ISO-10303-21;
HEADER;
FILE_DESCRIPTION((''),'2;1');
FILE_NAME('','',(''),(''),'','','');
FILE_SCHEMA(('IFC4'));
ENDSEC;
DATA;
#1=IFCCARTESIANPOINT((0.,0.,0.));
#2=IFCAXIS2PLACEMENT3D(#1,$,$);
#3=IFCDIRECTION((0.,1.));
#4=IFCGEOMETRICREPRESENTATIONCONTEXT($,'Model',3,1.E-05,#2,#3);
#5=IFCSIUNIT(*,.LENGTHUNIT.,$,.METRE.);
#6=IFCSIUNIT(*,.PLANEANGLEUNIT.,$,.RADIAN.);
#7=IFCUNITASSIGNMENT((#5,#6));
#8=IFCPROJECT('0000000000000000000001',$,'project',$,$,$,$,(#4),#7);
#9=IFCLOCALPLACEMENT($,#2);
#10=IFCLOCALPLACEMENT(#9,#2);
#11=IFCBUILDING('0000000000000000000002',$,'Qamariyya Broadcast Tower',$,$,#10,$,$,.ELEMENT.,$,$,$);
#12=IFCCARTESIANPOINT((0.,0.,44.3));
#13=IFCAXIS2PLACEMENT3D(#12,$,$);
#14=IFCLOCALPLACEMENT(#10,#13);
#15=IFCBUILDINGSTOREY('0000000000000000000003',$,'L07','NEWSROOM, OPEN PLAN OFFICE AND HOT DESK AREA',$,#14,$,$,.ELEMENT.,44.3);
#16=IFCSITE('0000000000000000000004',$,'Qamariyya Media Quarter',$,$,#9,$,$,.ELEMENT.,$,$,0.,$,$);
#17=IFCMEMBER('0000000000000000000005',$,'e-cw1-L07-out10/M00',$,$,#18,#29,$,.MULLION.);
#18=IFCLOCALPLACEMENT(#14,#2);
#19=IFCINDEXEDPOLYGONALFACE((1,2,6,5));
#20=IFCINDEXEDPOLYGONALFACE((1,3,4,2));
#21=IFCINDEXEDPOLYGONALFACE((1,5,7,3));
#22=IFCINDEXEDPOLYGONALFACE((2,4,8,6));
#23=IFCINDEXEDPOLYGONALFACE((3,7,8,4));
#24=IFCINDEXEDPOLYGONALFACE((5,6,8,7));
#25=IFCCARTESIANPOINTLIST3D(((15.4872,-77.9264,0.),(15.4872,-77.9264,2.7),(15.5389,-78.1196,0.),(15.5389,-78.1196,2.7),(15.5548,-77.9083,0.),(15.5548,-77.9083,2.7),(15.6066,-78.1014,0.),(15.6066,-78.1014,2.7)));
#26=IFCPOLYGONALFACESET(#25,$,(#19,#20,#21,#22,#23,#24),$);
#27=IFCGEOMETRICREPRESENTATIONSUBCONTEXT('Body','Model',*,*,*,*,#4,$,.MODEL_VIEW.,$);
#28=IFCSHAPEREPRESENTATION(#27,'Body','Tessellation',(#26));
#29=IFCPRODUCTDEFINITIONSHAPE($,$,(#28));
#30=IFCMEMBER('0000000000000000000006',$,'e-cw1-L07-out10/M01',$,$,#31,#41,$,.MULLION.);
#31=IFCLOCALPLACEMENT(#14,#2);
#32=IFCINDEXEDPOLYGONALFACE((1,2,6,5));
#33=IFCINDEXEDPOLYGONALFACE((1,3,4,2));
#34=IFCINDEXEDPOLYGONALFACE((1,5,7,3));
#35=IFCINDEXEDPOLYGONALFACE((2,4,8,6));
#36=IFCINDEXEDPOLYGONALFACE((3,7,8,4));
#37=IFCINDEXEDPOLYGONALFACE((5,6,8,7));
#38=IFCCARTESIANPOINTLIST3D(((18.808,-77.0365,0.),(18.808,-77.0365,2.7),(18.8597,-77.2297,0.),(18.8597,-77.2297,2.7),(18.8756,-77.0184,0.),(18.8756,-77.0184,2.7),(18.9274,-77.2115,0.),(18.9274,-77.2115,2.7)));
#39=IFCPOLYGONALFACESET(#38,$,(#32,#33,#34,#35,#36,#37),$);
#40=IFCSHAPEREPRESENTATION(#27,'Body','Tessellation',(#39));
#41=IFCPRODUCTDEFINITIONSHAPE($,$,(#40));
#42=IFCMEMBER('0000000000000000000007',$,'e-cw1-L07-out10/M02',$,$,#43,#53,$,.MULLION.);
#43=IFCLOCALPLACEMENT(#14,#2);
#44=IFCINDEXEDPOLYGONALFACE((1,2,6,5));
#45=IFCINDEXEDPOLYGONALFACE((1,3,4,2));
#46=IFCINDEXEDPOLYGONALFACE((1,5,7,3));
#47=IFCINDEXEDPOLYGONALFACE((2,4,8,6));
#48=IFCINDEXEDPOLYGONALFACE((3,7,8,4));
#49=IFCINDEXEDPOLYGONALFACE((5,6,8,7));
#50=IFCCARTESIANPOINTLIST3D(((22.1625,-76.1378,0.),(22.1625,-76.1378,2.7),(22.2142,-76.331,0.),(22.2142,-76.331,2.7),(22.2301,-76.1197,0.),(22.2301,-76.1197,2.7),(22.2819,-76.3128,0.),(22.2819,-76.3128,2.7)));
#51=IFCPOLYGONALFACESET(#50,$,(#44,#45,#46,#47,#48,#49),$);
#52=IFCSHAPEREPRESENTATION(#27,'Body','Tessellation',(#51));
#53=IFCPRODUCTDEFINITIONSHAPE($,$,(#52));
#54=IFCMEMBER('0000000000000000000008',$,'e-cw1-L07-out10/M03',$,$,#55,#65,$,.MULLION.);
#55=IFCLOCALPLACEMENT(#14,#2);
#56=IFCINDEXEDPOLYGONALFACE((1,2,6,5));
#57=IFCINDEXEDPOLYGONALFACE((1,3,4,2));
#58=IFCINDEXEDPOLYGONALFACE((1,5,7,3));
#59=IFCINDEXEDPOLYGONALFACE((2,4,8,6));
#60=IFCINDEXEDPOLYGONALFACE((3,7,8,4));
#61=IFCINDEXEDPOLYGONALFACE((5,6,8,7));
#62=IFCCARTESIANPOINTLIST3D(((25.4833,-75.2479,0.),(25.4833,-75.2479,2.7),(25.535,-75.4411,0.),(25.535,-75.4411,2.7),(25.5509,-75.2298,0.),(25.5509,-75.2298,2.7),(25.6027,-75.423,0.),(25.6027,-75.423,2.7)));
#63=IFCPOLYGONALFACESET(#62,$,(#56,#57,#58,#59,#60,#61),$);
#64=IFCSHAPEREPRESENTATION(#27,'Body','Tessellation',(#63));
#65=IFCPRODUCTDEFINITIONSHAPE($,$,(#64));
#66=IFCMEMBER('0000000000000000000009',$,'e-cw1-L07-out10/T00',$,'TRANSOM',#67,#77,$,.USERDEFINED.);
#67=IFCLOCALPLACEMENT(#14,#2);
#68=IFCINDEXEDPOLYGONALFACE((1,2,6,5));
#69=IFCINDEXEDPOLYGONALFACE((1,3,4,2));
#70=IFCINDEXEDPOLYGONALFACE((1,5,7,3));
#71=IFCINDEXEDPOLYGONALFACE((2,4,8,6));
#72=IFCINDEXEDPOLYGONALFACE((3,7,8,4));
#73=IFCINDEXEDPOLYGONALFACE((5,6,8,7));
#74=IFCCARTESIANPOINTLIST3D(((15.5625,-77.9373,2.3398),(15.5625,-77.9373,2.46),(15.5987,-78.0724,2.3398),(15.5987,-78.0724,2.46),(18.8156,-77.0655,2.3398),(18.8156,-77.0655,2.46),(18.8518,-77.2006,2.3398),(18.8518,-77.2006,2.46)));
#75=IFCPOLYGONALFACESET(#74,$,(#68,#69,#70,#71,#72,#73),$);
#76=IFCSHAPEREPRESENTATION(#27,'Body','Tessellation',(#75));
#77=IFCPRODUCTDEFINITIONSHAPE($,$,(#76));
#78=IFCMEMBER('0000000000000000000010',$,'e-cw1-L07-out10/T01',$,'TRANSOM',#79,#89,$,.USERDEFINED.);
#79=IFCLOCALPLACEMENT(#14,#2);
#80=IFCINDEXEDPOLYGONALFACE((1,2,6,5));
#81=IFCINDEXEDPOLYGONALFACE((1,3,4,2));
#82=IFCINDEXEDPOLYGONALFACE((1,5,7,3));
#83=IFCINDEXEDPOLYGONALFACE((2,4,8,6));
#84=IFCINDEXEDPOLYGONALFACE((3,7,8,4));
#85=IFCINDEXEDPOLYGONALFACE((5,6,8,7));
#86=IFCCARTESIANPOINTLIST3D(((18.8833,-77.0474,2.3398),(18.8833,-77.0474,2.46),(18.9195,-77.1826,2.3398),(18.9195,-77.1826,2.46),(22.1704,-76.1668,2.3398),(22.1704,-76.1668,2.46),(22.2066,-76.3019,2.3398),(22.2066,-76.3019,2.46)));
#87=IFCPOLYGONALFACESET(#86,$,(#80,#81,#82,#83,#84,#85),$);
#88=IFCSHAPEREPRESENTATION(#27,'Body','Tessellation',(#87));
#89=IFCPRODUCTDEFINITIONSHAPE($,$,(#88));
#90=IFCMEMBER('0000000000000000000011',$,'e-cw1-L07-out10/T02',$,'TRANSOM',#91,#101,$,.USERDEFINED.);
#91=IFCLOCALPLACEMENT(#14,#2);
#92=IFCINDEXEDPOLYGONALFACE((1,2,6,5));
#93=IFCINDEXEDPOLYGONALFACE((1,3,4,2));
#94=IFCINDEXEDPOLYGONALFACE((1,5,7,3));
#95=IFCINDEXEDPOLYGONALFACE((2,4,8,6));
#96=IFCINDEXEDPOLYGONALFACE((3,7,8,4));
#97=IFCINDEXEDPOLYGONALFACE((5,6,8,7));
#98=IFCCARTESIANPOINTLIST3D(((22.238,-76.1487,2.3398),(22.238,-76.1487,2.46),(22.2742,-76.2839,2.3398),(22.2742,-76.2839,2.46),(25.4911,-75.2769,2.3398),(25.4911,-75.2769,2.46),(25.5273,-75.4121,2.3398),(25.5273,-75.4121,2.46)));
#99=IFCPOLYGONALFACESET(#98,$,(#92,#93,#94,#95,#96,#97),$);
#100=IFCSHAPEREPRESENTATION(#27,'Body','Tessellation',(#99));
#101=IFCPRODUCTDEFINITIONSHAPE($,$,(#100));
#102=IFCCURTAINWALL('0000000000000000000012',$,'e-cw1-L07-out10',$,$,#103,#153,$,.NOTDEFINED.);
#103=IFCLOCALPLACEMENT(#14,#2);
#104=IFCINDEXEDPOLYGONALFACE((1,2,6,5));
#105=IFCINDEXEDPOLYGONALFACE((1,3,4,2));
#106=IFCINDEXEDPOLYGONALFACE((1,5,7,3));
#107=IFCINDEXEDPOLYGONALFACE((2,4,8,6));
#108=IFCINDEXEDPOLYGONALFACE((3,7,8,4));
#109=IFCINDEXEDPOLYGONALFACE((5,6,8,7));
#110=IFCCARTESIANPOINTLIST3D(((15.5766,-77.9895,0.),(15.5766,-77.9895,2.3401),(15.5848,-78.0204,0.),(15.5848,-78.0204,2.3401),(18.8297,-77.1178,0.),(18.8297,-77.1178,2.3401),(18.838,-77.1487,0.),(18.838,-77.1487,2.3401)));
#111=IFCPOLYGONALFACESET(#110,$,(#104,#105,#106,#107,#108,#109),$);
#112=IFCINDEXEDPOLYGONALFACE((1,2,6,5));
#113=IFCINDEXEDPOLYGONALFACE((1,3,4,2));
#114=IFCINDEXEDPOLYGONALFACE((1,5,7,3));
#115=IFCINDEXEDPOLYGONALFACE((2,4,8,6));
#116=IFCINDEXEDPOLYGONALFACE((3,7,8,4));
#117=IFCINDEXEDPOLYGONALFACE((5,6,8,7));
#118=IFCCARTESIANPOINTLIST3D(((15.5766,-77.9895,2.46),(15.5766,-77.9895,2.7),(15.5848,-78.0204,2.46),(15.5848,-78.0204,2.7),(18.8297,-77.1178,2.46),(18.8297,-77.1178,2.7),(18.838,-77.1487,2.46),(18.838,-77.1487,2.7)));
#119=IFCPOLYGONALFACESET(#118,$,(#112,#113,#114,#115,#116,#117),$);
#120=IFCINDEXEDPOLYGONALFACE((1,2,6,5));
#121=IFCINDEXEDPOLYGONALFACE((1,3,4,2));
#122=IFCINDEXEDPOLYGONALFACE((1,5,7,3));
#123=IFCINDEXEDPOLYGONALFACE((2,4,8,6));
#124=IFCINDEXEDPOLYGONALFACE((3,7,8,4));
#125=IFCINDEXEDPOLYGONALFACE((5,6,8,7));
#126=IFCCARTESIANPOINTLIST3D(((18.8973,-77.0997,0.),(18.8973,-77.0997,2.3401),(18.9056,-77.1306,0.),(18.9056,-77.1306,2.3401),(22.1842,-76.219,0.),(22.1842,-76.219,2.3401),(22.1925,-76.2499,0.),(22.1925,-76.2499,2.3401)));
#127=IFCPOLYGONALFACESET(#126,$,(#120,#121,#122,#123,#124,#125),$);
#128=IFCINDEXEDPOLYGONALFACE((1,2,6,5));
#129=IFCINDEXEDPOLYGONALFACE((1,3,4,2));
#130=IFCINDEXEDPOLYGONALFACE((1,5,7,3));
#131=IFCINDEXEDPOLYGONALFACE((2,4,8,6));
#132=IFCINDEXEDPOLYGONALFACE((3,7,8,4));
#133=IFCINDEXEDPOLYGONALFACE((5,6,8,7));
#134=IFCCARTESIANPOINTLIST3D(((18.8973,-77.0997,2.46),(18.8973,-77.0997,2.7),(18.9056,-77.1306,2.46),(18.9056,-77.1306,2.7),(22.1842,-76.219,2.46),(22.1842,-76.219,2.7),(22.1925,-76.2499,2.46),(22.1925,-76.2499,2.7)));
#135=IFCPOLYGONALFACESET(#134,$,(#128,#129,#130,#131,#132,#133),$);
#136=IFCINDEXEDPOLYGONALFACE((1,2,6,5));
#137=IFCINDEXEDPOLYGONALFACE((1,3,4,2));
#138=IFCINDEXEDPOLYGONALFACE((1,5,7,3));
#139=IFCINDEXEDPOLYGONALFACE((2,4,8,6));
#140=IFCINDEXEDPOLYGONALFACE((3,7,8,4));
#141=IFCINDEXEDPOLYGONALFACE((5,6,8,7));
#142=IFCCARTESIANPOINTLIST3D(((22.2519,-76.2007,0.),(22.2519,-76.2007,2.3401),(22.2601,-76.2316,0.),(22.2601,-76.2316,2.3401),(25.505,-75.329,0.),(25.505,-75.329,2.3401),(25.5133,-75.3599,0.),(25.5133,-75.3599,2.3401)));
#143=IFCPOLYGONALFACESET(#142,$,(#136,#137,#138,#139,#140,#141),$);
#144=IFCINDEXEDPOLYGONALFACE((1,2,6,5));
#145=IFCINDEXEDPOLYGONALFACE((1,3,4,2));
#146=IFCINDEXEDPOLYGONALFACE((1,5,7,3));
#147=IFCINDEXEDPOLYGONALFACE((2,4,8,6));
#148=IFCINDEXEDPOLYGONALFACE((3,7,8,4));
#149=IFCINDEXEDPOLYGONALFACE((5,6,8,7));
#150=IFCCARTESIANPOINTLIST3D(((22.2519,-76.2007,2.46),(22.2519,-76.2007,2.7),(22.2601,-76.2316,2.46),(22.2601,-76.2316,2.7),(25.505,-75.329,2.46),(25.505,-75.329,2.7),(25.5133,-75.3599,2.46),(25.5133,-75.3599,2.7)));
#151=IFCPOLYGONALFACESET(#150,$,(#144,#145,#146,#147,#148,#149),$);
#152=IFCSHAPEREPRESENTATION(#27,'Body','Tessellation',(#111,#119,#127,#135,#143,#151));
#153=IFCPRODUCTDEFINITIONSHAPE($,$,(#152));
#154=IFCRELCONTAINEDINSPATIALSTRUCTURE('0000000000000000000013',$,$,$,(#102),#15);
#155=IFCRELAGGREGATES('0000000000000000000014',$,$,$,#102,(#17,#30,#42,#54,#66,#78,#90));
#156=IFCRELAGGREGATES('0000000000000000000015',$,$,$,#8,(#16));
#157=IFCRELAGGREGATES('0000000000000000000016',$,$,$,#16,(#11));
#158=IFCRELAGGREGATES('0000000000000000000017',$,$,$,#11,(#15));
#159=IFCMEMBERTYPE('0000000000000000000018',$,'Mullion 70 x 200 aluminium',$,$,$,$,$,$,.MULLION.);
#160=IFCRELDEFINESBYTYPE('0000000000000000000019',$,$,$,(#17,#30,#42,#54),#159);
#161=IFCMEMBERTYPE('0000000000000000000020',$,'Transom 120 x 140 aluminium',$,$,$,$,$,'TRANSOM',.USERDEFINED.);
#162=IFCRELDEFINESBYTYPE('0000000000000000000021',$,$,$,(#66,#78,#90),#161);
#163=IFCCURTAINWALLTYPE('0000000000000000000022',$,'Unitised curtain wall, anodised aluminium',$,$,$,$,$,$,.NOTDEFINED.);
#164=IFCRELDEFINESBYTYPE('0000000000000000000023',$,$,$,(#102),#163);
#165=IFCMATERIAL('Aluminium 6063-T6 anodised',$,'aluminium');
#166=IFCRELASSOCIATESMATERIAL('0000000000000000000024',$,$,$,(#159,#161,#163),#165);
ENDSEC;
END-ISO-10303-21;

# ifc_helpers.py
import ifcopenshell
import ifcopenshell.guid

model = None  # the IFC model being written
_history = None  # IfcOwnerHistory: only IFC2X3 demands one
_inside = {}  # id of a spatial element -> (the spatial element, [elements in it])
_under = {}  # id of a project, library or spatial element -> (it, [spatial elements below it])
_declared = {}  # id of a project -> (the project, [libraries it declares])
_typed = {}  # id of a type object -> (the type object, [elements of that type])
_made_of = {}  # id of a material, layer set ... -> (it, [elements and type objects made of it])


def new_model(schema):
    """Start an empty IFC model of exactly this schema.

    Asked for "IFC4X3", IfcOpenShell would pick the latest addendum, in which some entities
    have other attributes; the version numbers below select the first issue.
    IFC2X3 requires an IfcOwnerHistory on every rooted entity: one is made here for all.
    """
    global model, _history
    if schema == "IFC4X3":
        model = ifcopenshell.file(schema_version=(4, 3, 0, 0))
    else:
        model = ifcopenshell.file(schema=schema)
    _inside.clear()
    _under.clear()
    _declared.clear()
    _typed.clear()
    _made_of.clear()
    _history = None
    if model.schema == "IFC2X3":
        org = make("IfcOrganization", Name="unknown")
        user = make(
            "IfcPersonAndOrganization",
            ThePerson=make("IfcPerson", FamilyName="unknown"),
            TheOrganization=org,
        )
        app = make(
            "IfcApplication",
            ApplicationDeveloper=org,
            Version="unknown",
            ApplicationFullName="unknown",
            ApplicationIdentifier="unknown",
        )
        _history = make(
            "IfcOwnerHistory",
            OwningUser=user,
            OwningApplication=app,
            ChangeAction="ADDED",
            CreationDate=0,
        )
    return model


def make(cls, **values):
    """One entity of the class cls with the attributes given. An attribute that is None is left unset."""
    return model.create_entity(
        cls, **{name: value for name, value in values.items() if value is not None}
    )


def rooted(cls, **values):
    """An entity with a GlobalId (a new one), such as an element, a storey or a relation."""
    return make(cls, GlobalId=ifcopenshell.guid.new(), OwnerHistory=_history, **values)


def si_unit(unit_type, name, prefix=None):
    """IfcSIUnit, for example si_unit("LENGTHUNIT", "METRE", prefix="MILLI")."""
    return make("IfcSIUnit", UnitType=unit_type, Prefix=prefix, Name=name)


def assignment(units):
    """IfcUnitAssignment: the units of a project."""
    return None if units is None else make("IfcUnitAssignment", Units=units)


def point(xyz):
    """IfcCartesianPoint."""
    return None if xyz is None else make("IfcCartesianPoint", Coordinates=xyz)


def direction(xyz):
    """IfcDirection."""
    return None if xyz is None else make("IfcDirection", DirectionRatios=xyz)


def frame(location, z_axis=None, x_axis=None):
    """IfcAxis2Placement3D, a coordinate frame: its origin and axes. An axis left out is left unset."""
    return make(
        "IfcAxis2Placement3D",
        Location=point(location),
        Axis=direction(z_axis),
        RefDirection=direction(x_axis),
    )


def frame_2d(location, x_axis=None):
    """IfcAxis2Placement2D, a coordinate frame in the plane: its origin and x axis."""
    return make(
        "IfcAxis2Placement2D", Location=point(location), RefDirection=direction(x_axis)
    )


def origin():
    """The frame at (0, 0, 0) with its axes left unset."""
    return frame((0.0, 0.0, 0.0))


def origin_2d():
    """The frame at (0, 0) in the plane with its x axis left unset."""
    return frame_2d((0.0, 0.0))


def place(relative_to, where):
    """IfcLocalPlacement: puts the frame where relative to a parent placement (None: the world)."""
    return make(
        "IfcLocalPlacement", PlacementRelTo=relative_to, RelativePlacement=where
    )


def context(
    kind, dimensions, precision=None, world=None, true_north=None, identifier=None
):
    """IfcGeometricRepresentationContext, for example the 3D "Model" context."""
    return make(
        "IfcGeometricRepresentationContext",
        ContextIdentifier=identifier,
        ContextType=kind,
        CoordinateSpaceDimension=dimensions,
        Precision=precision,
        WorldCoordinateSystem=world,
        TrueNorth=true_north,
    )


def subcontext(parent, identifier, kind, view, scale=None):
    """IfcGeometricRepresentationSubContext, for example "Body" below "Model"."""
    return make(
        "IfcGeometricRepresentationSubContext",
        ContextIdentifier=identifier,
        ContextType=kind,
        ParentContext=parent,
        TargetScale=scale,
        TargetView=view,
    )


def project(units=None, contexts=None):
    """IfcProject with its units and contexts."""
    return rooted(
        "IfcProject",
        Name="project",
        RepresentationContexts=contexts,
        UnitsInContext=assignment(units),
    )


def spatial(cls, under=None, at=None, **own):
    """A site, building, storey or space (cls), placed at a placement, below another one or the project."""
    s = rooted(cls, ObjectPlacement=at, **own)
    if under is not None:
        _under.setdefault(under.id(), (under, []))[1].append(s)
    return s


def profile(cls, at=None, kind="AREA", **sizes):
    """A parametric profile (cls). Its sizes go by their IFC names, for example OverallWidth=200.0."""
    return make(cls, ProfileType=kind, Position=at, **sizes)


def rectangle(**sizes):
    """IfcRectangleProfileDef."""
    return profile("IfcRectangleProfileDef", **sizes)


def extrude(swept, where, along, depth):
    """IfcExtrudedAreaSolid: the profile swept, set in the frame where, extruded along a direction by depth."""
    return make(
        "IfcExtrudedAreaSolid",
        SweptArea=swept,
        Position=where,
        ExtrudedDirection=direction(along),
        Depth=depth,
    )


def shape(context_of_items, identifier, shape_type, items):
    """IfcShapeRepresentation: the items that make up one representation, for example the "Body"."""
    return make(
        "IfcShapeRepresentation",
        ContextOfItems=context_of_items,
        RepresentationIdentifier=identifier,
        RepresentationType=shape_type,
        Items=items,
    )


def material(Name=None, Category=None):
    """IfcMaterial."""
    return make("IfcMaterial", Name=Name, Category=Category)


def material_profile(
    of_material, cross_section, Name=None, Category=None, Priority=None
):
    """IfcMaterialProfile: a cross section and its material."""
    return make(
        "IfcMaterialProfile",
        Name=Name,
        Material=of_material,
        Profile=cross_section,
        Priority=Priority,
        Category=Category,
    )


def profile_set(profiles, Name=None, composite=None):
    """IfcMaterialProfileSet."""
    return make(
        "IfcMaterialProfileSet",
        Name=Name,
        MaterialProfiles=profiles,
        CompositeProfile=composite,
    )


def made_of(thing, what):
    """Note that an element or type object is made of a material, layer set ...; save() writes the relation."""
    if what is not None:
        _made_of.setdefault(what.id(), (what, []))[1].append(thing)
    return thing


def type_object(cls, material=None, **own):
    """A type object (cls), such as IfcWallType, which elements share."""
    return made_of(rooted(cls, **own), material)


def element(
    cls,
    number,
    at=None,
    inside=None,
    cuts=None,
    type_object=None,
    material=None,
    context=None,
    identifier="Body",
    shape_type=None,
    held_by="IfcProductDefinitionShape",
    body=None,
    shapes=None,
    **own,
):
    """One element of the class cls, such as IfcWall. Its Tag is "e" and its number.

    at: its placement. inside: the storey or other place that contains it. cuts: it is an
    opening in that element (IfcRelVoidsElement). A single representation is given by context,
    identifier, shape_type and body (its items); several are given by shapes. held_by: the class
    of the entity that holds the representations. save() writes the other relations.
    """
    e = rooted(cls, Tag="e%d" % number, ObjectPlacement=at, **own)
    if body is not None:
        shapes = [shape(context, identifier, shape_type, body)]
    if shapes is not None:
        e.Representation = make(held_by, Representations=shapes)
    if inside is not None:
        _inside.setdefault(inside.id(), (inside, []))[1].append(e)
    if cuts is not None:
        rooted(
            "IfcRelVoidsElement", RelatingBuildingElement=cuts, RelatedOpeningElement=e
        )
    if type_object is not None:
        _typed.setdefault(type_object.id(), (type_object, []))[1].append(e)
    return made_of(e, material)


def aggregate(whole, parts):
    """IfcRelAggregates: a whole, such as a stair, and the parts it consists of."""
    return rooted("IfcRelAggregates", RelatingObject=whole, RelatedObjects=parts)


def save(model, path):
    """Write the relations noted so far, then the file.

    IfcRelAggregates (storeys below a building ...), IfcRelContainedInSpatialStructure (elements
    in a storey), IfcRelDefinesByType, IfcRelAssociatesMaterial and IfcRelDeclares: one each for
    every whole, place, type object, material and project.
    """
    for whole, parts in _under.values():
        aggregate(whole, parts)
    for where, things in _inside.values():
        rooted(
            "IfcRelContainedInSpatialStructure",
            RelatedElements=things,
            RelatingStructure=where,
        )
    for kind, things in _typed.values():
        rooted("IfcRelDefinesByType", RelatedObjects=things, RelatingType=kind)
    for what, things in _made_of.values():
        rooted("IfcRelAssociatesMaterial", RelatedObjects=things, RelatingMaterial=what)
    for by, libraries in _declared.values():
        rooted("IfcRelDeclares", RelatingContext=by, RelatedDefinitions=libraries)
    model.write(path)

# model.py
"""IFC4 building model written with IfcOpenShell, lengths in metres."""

from ifc_helpers import new_model, si_unit, direction, frame, origin, origin_2d, place, context, subcontext, project, spatial, rectangle, extrude, material, material_profile, profile_set, type_object, element, aggregate, save


model = new_model("IFC4")

# Units and contexts
model_context = context("Model", 3, precision=1e-05, world=origin(), true_north=direction((0.0, 1.0)))
body_context = subcontext(model_context, "Body", "Model", "MODEL_VIEW")
ifc_project = project(units=[si_unit("LENGTHUNIT", "METRE"), si_unit("PLANEANGLEUNIT", "RADIAN")], contexts=[model_context])

# Members
ifc_material = material(Name="Aluminium 6063-T6 anodised", Category="aluminium")
ifc_material_profile_1 = material_profile(ifc_material, rectangle(XDim=0.2, YDim=0.0701, at=origin_2d()))
ifc_profile_set_1 = profile_set([ifc_material_profile_1], Name="Aluminium 6063-T6 anodised")
member_type_1 = type_object("IfcMemberType", Name="Mullion 70 x 200 aluminium", PredefinedType="MULLION", material=ifc_profile_set_1)
site_placement = place(None, origin())
building_placement = place(site_placement, origin())
storey_placement = place(building_placement, frame((0.0, 0.0, 44.3)))
member_1_placement = place(storey_placement, frame((15.5469, -78.0139, 0.0), z_axis=(0.0, 0.0, 1.0), x_axis=(-0.258819, 0.965926, 0.0)))
member_1 = element("IfcMember", 1, at=member_1_placement, type_object=member_type_1, Name="e-cw1-L07-out10/M00", PredefinedType="MULLION", context=body_context, shape_type="SweptSolid", body=[
    extrude(rectangle(XDim=0.2, YDim=0.0701, at=origin_2d()), origin(), (0.0, 0.0, 1.0), 2.7),
])
member_2_placement = place(storey_placement, frame((18.8677, -77.124, 0.0), z_axis=(0.0, 0.0, 1.0), x_axis=(-0.258819, 0.965926, 0.0)))
member_2 = element("IfcMember", 2, at=member_2_placement, type_object=member_type_1, Name="e-cw1-L07-out10/M01", PredefinedType="MULLION", context=body_context, shape_type="SweptSolid", body=[
    extrude(rectangle(XDim=0.2, YDim=0.0701, at=origin_2d()), origin(), (0.0, 0.0, 1.0), 2.7),
])
member_3_placement = place(storey_placement, frame((22.2222, -76.2253, 0.0), z_axis=(0.0, 0.0, 1.0), x_axis=(-0.258819, 0.965926, 0.0)))
member_3 = element("IfcMember", 3, at=member_3_placement, type_object=member_type_1, Name="e-cw1-L07-out10/M02", PredefinedType="MULLION", context=body_context, shape_type="SweptSolid", body=[
    extrude(rectangle(XDim=0.2, YDim=0.0701, at=origin_2d()), origin(), (0.0, 0.0, 1.0), 2.7),
])
member_4_placement = place(storey_placement, frame((25.543, -75.3354, 0.0), z_axis=(0.0, 0.0, 1.0), x_axis=(-0.258819, 0.965926, 0.0)))
member_4 = element("IfcMember", 4, at=member_4_placement, type_object=member_type_1, Name="e-cw1-L07-out10/M03", PredefinedType="MULLION", context=body_context, shape_type="SweptSolid", body=[
    extrude(rectangle(XDim=0.2, YDim=0.0701, at=origin_2d()), origin(), (0.0, 0.0, 1.0), 2.7),
])
ifc_material_profile_2 = material_profile(ifc_material, rectangle(XDim=0.1399, YDim=0.1201, at=origin_2d()))
ifc_profile_set_2 = profile_set([ifc_material_profile_2], Name="Aluminium 6063-T6 anodised")
member_type_2 = type_object("IfcMemberType", Name="Transom 120 x 140 aluminium", ElementType="TRANSOM", PredefinedType="USERDEFINED", material=ifc_profile_set_2)
member_5_placement = place(storey_placement, frame((15.5806, -78.0049, 2.3999), z_axis=(0.965915, 0.258858, 0.0), x_axis=(-0.258858, 0.965915, 0.0)))
member_5 = element("IfcMember", 5, at=member_5_placement, type_object=member_type_2, Name="e-cw1-L07-out10/T00", ObjectType="TRANSOM", PredefinedType="USERDEFINED", context=body_context, shape_type="SweptSolid", body=[
    extrude(rectangle(XDim=0.1399, YDim=0.1201, at=origin_2d()), origin(), (0.0, 0.0, 1.0), 3.3679),
])
member_6_placement = place(storey_placement, frame((18.9014, -77.115, 2.3999), z_axis=(0.965938, 0.258774, 0.0), x_axis=(-0.258774, 0.965938, 0.0)))
member_6 = element("IfcMember", 6, at=member_6_placement, type_object=member_type_2, Name="e-cw1-L07-out10/T01", ObjectType="TRANSOM", PredefinedType="USERDEFINED", context=body_context, shape_type="SweptSolid", body=[
    extrude(rectangle(XDim=0.1399, YDim=0.1201, at=origin_2d()), origin(), (0.0, 0.0, 1.0), 3.4031),
])
member_7_placement = place(storey_placement, frame((22.2561, -76.2163, 2.3999), z_axis=(0.965915, 0.258858, 0.0), x_axis=(-0.258858, 0.965915, 0.0)))
member_7 = element("IfcMember", 7, at=member_7_placement, type_object=member_type_2, Name="e-cw1-L07-out10/T02", ObjectType="TRANSOM", PredefinedType="USERDEFINED", context=body_context, shape_type="SweptSolid", body=[
    extrude(rectangle(XDim=0.1399, YDim=0.1201, at=origin_2d()), origin(), (0.0, 0.0, 1.0), 3.3679),
])

# Site, building, storey
site = spatial("IfcSite", under=ifc_project, at=site_placement, Name="Qamariyya Media Quarter", CompositionType="ELEMENT", RefElevation=0.0)
building = spatial("IfcBuilding", under=site, at=building_placement, Name="Qamariyya Broadcast Tower", CompositionType="ELEMENT")
storey = spatial("IfcBuildingStorey", under=building, at=storey_placement, Name="L07", Description="NEWSROOM, OPEN PLAN OFFICE AND HOT DESK AREA", CompositionType="ELEMENT", Elevation=44.3)

# Curtain wall
curtain_wall_type = type_object("IfcCurtainWallType", Name="Unitised curtain wall, anodised aluminium", PredefinedType="NOTDEFINED", material=ifc_material)
curtain_wall_1_placement = place(storey_placement, origin())
curtain_wall_1 = element("IfcCurtainWall", 8, at=curtain_wall_1_placement, inside=storey, type_object=curtain_wall_type, Name="e-cw1-L07-out10", PredefinedType="NOTDEFINED", context=body_context, shape_type="SweptSolid", body=[
    extrude(rectangle(XDim=3.3679, YDim=0.032, at=origin_2d()), frame((17.2073, -77.5691, 0.0), x_axis=(0.965925, 0.258822, 0.0)), (0.0, 0.0, 1.0), 2.3401),
    extrude(rectangle(XDim=3.3679, YDim=0.032, at=origin_2d()), frame((17.2073, -77.5691, 2.46), x_axis=(0.965925, 0.258822, 0.0)), (0.0, 0.0, 1.0), 0.24),
    extrude(rectangle(XDim=3.4028, YDim=0.032, at=origin_2d()), frame((20.5449, -76.6748, 0.0), x_axis=(0.965925, 0.258822, 0.0)), (0.0, 0.0, 1.0), 2.3401),
    extrude(rectangle(XDim=3.4028, YDim=0.032, at=origin_2d()), frame((20.5449, -76.6748, 2.46), x_axis=(0.965925, 0.258822, 0.0)), (0.0, 0.0, 1.0), 0.24),
    extrude(rectangle(XDim=3.3679, YDim=0.032, at=origin_2d()), frame((23.8826, -75.7803, 0.0), x_axis=(0.965925, 0.258822, 0.0)), (0.0, 0.0, 1.0), 2.3401),
    extrude(rectangle(XDim=3.3679, YDim=0.032, at=origin_2d()), frame((23.8826, -75.7803, 2.46), x_axis=(0.965925, 0.258822, 0.0)), (0.0, 0.0, 1.0), 0.24),
])
aggregate(curtain_wall_1, [member_1, member_2, member_3, member_4, member_5, member_6, member_7])

save(model, "model.ifc")
